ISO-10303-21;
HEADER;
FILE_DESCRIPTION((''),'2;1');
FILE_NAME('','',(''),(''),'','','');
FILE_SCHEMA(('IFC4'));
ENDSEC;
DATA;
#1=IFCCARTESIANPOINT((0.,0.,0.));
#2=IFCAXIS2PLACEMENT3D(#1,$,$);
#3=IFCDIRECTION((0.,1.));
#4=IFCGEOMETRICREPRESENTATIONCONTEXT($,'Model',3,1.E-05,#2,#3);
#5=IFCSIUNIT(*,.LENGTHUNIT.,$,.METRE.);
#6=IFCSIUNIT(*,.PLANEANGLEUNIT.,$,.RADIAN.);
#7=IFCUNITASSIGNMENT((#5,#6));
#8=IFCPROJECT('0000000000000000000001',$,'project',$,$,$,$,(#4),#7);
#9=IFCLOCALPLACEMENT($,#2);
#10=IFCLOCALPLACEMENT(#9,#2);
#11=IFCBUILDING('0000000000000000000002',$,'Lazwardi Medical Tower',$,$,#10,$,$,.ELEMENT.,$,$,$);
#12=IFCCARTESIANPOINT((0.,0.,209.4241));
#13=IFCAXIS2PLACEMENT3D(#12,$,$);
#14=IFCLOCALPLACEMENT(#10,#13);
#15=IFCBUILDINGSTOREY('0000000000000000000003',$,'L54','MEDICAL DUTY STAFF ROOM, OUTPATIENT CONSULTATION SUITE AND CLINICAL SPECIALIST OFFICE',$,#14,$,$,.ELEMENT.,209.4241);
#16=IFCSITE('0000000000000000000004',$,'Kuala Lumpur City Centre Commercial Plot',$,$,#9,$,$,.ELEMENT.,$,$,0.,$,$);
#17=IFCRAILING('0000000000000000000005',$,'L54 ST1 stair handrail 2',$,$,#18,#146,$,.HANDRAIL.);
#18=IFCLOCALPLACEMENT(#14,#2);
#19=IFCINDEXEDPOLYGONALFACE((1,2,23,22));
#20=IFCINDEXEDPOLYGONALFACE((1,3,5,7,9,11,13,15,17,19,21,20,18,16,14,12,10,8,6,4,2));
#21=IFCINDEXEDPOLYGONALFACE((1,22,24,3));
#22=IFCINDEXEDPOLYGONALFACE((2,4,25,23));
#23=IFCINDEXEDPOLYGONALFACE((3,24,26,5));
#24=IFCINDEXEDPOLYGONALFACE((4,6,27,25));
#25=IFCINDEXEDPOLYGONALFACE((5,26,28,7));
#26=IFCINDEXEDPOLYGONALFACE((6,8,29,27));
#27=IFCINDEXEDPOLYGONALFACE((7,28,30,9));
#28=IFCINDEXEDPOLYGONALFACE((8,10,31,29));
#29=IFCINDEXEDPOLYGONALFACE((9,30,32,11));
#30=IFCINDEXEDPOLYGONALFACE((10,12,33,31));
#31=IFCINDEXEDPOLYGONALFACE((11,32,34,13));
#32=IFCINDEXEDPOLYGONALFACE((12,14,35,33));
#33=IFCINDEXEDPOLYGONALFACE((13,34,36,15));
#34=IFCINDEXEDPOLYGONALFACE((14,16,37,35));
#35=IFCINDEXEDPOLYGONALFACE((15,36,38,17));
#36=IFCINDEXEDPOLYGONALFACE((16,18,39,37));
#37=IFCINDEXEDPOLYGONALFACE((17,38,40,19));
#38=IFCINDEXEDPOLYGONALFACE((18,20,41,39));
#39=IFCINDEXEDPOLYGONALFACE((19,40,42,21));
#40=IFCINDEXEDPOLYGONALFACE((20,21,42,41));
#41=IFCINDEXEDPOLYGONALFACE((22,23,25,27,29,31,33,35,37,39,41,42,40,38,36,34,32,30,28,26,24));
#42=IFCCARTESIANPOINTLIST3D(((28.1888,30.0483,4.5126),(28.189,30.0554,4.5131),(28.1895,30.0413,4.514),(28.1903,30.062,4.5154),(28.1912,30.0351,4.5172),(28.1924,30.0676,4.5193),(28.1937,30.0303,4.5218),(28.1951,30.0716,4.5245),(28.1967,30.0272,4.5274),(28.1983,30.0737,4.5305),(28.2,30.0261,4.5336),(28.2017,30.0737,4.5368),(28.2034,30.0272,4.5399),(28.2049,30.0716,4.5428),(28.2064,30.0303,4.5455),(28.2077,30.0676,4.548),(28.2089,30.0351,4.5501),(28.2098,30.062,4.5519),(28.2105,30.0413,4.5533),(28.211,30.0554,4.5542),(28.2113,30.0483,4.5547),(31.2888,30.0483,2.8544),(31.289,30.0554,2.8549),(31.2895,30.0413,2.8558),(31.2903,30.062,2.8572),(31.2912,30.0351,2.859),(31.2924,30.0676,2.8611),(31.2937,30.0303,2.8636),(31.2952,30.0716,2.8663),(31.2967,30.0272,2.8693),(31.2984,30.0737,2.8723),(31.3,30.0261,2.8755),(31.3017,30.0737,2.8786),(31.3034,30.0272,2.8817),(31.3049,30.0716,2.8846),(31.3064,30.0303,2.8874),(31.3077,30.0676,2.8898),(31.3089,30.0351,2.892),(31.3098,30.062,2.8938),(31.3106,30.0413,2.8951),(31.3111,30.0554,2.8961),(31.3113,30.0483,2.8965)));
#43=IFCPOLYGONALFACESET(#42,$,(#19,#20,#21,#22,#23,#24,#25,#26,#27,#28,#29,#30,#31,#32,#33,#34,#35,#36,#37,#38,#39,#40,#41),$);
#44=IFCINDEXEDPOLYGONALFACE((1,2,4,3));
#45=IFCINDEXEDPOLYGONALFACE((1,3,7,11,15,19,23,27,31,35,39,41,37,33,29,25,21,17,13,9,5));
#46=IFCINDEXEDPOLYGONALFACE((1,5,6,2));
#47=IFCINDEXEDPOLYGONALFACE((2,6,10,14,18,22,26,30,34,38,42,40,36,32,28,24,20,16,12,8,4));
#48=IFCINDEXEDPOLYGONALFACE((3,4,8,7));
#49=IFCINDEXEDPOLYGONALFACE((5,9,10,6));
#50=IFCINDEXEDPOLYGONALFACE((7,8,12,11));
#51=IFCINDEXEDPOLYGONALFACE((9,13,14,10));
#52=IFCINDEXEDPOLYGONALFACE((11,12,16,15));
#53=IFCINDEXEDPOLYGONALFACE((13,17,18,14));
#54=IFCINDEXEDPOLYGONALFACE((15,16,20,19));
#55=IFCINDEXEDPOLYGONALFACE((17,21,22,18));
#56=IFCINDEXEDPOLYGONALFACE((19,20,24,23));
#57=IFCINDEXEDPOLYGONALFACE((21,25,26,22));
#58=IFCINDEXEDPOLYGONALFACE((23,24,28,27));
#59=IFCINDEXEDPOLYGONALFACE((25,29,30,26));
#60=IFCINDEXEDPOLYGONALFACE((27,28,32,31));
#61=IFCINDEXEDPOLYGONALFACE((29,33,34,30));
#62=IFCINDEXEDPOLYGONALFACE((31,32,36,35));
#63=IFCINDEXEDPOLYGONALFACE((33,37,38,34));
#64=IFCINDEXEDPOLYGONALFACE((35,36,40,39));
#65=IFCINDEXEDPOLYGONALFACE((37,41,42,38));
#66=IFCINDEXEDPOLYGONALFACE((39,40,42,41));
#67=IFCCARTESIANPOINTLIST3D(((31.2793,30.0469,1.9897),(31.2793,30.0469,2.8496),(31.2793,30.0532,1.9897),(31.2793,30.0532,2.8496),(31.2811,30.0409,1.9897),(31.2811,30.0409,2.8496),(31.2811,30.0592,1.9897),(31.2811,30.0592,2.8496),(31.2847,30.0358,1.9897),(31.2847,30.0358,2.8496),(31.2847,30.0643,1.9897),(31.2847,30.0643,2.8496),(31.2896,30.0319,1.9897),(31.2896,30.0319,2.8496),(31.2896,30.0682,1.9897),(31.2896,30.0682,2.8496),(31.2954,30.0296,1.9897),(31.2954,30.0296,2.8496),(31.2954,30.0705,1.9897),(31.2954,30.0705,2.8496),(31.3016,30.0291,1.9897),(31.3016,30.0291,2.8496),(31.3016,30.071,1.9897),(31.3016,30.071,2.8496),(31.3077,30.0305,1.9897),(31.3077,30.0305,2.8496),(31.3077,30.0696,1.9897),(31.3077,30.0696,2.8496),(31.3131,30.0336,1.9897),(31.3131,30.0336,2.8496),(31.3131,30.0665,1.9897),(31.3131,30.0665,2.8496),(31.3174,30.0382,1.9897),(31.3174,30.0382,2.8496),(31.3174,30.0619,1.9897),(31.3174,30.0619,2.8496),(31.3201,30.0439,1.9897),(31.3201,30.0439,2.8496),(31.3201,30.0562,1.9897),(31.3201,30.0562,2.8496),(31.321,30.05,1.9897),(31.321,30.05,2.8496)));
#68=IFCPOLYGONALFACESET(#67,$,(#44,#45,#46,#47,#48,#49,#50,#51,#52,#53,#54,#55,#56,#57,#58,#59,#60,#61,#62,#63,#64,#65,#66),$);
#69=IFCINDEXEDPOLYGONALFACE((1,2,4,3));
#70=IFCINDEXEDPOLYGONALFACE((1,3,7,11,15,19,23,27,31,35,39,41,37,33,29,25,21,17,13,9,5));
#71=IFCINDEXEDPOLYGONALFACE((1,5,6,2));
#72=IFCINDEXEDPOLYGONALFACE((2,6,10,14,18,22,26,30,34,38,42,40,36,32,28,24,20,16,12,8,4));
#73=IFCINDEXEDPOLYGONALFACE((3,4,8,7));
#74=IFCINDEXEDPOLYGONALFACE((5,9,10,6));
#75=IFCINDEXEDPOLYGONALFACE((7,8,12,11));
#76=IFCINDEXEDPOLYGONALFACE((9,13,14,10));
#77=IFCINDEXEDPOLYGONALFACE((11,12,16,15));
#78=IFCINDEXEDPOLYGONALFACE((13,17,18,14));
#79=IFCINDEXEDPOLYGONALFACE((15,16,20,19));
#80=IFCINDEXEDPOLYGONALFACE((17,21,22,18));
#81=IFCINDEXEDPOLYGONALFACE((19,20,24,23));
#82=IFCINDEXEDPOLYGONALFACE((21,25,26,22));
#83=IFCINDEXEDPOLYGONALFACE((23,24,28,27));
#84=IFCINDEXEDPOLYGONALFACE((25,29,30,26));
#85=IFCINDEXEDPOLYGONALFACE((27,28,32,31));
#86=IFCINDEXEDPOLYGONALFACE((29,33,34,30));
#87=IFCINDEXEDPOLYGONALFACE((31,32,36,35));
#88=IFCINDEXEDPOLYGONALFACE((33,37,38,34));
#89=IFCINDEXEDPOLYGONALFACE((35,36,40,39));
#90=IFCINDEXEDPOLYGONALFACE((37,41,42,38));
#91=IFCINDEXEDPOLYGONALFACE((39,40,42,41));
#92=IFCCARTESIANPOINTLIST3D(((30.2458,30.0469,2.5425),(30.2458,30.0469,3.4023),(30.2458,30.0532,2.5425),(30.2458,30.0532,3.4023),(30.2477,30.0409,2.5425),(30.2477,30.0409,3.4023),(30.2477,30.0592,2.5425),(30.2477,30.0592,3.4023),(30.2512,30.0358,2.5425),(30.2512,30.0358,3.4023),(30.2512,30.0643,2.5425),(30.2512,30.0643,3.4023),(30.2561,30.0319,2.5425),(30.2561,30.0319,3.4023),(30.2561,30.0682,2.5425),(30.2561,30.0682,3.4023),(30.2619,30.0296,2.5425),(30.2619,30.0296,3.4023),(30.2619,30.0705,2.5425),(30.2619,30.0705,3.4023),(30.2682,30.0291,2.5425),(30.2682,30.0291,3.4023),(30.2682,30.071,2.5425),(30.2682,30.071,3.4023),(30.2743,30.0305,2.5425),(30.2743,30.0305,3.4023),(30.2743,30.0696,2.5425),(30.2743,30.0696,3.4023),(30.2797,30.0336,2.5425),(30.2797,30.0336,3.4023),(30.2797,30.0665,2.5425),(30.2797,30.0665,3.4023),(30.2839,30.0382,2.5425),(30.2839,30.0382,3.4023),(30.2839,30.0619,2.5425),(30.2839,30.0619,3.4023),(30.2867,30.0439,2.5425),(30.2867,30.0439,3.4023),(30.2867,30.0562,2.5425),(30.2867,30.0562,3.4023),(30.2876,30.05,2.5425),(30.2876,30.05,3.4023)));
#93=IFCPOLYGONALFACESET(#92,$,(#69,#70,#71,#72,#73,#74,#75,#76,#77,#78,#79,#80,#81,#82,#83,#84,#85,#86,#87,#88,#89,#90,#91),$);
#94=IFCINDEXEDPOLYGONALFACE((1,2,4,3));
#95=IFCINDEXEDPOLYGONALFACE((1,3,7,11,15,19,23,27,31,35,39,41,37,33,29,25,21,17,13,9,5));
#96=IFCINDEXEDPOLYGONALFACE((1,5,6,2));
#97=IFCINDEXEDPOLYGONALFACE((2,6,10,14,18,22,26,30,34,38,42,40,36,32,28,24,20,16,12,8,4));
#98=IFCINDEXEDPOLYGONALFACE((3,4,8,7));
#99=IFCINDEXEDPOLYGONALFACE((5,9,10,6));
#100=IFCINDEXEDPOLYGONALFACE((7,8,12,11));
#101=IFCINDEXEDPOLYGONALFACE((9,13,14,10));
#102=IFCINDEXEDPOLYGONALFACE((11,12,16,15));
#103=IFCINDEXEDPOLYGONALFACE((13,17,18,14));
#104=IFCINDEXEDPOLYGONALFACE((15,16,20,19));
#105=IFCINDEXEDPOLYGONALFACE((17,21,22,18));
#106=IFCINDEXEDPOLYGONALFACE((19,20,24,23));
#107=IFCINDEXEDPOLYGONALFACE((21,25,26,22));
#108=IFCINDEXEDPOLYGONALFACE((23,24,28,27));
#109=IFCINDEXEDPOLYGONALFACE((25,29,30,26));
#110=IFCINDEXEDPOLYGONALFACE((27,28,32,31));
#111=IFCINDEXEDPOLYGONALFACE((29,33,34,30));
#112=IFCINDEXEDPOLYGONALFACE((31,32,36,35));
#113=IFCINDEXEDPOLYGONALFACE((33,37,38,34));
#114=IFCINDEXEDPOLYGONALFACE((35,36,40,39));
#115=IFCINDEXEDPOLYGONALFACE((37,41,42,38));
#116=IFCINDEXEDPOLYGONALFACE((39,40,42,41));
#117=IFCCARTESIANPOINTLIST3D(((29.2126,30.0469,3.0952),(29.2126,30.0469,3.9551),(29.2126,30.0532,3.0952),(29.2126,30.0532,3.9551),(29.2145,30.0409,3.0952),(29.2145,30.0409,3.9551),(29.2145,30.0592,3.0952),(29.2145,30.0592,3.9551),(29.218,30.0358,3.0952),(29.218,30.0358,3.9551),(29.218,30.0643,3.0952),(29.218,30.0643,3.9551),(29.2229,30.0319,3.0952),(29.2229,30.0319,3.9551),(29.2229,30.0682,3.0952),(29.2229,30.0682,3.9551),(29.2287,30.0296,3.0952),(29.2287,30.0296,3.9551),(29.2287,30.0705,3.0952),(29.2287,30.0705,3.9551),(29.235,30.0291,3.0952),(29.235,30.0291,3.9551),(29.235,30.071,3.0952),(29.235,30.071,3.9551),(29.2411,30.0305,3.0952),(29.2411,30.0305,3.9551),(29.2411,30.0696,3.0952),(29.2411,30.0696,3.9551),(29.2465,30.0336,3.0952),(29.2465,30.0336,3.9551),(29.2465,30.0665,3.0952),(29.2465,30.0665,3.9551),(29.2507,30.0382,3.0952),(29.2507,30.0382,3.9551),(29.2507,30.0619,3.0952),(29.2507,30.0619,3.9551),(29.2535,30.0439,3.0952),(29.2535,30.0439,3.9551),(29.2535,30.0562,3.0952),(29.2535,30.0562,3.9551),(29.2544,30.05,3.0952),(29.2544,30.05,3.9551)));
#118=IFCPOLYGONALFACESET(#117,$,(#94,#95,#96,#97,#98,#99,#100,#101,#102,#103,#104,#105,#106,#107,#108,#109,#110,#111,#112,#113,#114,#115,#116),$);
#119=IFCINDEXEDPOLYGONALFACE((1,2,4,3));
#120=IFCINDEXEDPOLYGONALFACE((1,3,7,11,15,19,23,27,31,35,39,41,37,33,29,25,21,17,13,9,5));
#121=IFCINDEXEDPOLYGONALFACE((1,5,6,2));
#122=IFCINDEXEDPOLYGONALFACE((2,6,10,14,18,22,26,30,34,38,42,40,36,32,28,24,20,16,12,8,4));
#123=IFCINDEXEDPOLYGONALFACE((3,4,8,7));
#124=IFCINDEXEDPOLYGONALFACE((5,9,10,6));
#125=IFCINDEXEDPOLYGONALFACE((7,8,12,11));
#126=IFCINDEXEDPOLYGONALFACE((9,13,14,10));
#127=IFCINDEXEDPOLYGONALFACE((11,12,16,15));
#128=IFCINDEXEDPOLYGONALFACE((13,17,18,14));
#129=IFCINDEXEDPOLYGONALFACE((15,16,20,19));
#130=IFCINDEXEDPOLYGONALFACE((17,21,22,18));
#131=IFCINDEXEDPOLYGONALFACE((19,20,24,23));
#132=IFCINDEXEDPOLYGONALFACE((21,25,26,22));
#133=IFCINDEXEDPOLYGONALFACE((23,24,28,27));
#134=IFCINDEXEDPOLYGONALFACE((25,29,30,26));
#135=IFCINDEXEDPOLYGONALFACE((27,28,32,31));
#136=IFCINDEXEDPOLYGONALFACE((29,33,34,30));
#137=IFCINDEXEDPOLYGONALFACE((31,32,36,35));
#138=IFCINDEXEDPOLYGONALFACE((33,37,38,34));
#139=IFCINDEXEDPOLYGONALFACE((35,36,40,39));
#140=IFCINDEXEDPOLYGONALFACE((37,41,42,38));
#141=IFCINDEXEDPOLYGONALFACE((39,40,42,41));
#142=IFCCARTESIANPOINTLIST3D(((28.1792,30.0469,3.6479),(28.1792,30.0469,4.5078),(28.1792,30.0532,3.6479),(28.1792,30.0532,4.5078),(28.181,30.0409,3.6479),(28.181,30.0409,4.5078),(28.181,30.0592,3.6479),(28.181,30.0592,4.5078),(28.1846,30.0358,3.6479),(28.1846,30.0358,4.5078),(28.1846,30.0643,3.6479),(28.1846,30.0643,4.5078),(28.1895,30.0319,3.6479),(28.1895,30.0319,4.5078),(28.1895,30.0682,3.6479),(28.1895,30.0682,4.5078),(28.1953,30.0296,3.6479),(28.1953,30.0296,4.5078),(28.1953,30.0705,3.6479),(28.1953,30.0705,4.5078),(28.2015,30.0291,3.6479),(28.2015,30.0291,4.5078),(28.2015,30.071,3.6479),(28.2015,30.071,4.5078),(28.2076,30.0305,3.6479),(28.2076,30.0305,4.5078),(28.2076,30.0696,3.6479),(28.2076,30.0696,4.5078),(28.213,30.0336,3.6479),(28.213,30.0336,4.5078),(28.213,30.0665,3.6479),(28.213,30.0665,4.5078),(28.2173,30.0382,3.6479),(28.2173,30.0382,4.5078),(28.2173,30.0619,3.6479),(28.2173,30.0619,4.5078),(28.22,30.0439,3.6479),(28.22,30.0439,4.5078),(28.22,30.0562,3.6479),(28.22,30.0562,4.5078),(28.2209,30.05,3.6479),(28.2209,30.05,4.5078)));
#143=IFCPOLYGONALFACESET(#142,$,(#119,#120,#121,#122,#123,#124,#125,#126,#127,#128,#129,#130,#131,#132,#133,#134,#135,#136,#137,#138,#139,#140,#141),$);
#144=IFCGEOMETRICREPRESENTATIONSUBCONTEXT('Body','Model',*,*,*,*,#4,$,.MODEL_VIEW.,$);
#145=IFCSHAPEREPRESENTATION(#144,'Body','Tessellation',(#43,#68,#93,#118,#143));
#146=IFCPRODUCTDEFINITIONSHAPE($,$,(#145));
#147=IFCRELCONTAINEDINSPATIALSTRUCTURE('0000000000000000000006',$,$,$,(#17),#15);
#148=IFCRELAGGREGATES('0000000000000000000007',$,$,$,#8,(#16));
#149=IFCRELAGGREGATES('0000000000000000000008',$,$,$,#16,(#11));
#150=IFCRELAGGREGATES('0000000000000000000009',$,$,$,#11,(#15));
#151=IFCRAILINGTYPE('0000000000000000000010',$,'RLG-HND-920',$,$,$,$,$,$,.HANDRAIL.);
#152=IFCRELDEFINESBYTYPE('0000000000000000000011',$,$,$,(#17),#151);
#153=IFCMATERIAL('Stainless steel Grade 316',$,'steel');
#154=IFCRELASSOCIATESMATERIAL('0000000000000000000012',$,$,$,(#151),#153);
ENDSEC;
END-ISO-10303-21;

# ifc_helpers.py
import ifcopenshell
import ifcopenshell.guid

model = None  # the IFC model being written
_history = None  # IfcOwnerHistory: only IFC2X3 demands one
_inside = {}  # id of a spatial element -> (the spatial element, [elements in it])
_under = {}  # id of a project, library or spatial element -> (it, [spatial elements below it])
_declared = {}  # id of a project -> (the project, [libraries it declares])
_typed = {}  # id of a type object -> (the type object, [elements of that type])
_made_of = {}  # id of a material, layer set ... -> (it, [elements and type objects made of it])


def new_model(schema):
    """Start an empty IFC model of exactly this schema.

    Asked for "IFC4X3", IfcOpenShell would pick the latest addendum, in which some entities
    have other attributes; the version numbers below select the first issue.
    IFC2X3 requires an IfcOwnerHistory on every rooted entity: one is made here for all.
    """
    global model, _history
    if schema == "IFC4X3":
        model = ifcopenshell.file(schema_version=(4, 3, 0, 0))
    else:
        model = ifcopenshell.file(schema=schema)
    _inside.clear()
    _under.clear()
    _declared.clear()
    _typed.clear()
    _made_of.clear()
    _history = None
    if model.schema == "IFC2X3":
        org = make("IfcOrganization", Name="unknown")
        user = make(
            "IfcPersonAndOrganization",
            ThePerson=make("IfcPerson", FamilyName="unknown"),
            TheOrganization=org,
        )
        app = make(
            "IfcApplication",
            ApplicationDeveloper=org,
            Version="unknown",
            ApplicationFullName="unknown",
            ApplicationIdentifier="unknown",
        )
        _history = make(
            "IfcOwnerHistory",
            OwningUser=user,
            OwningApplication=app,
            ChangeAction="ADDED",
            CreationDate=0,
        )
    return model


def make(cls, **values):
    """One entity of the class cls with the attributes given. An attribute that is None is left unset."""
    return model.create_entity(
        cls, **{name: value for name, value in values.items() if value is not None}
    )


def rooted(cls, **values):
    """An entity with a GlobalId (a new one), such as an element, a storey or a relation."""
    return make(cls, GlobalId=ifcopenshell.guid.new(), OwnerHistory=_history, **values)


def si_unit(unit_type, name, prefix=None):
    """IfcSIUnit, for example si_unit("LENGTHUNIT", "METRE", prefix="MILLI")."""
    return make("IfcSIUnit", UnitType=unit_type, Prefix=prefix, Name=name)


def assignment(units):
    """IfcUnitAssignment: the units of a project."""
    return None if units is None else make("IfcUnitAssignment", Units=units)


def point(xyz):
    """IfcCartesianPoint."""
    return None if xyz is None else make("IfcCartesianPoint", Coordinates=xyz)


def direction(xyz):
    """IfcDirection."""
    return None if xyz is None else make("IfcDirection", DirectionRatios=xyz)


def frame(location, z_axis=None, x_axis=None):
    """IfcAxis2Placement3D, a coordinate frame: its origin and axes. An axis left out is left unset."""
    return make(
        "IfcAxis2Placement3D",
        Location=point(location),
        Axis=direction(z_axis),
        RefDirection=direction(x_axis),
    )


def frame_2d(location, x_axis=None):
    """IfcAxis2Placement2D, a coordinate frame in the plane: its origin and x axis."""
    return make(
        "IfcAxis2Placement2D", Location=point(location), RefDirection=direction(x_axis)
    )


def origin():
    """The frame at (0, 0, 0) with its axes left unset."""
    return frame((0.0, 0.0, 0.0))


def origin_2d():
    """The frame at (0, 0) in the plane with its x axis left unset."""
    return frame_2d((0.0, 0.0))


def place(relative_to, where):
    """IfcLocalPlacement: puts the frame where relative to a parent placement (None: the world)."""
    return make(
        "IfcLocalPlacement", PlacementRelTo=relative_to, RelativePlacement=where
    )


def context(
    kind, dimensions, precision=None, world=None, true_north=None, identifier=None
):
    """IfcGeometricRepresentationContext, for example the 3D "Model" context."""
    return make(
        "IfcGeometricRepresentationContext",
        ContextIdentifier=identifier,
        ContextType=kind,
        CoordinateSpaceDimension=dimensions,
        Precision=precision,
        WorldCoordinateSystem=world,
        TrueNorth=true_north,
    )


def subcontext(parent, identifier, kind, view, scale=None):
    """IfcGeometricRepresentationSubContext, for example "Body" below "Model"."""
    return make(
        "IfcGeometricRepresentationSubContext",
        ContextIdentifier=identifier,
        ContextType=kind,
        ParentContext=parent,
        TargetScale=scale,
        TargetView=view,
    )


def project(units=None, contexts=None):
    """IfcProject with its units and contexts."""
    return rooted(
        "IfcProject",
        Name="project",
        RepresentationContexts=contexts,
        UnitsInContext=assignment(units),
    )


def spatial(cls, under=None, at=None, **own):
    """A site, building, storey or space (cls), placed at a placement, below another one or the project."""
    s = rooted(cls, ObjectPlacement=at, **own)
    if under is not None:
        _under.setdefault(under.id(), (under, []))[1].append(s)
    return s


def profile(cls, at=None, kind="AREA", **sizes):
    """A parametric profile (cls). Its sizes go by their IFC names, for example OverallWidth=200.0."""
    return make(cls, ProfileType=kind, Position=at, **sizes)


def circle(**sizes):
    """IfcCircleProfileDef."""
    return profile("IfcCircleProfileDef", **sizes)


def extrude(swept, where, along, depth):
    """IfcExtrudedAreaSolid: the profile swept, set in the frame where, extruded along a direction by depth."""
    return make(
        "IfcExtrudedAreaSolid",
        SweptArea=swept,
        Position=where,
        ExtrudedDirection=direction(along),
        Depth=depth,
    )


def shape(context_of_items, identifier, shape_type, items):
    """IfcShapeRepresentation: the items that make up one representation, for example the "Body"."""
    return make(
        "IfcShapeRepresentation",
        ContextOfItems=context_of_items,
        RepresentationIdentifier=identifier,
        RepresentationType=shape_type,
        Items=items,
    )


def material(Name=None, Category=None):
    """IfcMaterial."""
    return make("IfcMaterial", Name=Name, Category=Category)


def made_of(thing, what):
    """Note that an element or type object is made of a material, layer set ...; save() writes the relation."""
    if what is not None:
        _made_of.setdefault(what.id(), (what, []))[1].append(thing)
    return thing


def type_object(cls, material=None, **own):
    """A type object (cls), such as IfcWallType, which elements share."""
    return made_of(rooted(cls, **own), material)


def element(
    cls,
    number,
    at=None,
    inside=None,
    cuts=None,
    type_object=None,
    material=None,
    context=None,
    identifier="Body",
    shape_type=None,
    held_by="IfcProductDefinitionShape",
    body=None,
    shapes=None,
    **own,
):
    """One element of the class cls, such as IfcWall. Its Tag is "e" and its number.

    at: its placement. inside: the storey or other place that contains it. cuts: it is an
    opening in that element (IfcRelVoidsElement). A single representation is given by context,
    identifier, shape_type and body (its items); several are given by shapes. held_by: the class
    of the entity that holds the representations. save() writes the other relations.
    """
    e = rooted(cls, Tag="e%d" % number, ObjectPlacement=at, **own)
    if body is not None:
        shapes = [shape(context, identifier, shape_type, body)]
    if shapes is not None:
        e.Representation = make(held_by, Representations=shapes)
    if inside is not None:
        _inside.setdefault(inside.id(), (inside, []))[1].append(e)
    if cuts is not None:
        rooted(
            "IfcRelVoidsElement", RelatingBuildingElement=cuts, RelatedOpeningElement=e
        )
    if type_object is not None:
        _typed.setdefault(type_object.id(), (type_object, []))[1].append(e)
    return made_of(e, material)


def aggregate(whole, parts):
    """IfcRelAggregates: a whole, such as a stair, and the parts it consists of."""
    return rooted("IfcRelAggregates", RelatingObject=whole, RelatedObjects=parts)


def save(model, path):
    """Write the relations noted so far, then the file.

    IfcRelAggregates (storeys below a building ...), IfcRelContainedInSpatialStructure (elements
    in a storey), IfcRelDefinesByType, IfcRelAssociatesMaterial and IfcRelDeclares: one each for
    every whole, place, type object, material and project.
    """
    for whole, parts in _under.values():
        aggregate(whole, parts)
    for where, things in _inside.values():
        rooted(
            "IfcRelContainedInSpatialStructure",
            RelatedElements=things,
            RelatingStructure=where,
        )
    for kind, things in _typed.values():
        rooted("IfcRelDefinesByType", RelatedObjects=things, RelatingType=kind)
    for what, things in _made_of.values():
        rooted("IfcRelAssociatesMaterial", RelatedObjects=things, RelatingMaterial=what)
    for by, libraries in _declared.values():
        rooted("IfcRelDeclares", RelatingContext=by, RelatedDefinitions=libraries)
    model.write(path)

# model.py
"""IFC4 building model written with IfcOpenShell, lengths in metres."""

from ifc_helpers import new_model, si_unit, direction, frame, origin, origin_2d, place, context, subcontext, project, spatial, circle, extrude, material, type_object, element, save


model = new_model("IFC4")

# Units and contexts
model_context = context("Model", 3, precision=1e-05, world=origin(), true_north=direction((0.0, 1.0)))
body_context = subcontext(model_context, "Body", "Model", "MODEL_VIEW")
ifc_project = project(units=[si_unit("LENGTHUNIT", "METRE"), si_unit("PLANEANGLEUNIT", "RADIAN")], contexts=[model_context])

# Site, building, storey
site_placement = place(None, origin())
site = spatial("IfcSite", under=ifc_project, at=site_placement, Name="Kuala Lumpur City Centre Commercial Plot", CompositionType="ELEMENT", RefElevation=0.0)
building_placement = place(site_placement, origin())
building = spatial("IfcBuilding", under=site, at=building_placement, Name="Lazwardi Medical Tower", CompositionType="ELEMENT")
storey_placement = place(building_placement, frame((0.0, 0.0, 209.4241)))
storey = spatial("IfcBuildingStorey", under=building, at=storey_placement, Name="L54", Description="MEDICAL DUTY STAFF ROOM, OUTPATIENT CONSULTATION SUITE AND CLINICAL SPECIALIST OFFICE", CompositionType="ELEMENT", Elevation=209.4241)

# Railing
ifc_material_1 = material(Name="Stainless steel Grade 316", Category="steel")
railing_type_1 = type_object("IfcRailingType", Name="RLG-HND-920", PredefinedType="HANDRAIL", material=ifc_material_1)
railing_1_placement = place(storey_placement, frame((31.3, 30.05, 1.9897)))
element("IfcRailing", 1, at=railing_1_placement, inside=storey, type_object=railing_type_1, Name="L54 ST1 stair handrail 2", PredefinedType="HANDRAIL", context=body_context, shape_type="SweptSolid", body=[
    extrude(circle(Radius=0.0239, at=origin_2d()), frame((0.0, 0.0, 0.8857), z_axis=(-0.881783, 0.0, 0.471655), x_axis=(0.0, -1.0, 0.0)), (0.0, 0.0, 1.0), 3.5156),
    extrude(circle(Radius=0.021, at=origin_2d()), origin(), (0.0, 0.0, 1.0), 0.8599),
    extrude(circle(Radius=0.021, at=origin_2d()), frame((-1.0334, 0.0, 0.5527)), (0.0, 0.0, 1.0), 0.8599),
    extrude(circle(Radius=0.021, at=origin_2d()), frame((-2.0667, 0.0, 1.1055)), (0.0, 0.0, 1.0), 0.8599),
    extrude(circle(Radius=0.021, at=origin_2d()), frame((-3.1001, 0.0, 1.6582)), (0.0, 0.0, 1.0), 0.8599),
])

save(model, "model.ifc")
